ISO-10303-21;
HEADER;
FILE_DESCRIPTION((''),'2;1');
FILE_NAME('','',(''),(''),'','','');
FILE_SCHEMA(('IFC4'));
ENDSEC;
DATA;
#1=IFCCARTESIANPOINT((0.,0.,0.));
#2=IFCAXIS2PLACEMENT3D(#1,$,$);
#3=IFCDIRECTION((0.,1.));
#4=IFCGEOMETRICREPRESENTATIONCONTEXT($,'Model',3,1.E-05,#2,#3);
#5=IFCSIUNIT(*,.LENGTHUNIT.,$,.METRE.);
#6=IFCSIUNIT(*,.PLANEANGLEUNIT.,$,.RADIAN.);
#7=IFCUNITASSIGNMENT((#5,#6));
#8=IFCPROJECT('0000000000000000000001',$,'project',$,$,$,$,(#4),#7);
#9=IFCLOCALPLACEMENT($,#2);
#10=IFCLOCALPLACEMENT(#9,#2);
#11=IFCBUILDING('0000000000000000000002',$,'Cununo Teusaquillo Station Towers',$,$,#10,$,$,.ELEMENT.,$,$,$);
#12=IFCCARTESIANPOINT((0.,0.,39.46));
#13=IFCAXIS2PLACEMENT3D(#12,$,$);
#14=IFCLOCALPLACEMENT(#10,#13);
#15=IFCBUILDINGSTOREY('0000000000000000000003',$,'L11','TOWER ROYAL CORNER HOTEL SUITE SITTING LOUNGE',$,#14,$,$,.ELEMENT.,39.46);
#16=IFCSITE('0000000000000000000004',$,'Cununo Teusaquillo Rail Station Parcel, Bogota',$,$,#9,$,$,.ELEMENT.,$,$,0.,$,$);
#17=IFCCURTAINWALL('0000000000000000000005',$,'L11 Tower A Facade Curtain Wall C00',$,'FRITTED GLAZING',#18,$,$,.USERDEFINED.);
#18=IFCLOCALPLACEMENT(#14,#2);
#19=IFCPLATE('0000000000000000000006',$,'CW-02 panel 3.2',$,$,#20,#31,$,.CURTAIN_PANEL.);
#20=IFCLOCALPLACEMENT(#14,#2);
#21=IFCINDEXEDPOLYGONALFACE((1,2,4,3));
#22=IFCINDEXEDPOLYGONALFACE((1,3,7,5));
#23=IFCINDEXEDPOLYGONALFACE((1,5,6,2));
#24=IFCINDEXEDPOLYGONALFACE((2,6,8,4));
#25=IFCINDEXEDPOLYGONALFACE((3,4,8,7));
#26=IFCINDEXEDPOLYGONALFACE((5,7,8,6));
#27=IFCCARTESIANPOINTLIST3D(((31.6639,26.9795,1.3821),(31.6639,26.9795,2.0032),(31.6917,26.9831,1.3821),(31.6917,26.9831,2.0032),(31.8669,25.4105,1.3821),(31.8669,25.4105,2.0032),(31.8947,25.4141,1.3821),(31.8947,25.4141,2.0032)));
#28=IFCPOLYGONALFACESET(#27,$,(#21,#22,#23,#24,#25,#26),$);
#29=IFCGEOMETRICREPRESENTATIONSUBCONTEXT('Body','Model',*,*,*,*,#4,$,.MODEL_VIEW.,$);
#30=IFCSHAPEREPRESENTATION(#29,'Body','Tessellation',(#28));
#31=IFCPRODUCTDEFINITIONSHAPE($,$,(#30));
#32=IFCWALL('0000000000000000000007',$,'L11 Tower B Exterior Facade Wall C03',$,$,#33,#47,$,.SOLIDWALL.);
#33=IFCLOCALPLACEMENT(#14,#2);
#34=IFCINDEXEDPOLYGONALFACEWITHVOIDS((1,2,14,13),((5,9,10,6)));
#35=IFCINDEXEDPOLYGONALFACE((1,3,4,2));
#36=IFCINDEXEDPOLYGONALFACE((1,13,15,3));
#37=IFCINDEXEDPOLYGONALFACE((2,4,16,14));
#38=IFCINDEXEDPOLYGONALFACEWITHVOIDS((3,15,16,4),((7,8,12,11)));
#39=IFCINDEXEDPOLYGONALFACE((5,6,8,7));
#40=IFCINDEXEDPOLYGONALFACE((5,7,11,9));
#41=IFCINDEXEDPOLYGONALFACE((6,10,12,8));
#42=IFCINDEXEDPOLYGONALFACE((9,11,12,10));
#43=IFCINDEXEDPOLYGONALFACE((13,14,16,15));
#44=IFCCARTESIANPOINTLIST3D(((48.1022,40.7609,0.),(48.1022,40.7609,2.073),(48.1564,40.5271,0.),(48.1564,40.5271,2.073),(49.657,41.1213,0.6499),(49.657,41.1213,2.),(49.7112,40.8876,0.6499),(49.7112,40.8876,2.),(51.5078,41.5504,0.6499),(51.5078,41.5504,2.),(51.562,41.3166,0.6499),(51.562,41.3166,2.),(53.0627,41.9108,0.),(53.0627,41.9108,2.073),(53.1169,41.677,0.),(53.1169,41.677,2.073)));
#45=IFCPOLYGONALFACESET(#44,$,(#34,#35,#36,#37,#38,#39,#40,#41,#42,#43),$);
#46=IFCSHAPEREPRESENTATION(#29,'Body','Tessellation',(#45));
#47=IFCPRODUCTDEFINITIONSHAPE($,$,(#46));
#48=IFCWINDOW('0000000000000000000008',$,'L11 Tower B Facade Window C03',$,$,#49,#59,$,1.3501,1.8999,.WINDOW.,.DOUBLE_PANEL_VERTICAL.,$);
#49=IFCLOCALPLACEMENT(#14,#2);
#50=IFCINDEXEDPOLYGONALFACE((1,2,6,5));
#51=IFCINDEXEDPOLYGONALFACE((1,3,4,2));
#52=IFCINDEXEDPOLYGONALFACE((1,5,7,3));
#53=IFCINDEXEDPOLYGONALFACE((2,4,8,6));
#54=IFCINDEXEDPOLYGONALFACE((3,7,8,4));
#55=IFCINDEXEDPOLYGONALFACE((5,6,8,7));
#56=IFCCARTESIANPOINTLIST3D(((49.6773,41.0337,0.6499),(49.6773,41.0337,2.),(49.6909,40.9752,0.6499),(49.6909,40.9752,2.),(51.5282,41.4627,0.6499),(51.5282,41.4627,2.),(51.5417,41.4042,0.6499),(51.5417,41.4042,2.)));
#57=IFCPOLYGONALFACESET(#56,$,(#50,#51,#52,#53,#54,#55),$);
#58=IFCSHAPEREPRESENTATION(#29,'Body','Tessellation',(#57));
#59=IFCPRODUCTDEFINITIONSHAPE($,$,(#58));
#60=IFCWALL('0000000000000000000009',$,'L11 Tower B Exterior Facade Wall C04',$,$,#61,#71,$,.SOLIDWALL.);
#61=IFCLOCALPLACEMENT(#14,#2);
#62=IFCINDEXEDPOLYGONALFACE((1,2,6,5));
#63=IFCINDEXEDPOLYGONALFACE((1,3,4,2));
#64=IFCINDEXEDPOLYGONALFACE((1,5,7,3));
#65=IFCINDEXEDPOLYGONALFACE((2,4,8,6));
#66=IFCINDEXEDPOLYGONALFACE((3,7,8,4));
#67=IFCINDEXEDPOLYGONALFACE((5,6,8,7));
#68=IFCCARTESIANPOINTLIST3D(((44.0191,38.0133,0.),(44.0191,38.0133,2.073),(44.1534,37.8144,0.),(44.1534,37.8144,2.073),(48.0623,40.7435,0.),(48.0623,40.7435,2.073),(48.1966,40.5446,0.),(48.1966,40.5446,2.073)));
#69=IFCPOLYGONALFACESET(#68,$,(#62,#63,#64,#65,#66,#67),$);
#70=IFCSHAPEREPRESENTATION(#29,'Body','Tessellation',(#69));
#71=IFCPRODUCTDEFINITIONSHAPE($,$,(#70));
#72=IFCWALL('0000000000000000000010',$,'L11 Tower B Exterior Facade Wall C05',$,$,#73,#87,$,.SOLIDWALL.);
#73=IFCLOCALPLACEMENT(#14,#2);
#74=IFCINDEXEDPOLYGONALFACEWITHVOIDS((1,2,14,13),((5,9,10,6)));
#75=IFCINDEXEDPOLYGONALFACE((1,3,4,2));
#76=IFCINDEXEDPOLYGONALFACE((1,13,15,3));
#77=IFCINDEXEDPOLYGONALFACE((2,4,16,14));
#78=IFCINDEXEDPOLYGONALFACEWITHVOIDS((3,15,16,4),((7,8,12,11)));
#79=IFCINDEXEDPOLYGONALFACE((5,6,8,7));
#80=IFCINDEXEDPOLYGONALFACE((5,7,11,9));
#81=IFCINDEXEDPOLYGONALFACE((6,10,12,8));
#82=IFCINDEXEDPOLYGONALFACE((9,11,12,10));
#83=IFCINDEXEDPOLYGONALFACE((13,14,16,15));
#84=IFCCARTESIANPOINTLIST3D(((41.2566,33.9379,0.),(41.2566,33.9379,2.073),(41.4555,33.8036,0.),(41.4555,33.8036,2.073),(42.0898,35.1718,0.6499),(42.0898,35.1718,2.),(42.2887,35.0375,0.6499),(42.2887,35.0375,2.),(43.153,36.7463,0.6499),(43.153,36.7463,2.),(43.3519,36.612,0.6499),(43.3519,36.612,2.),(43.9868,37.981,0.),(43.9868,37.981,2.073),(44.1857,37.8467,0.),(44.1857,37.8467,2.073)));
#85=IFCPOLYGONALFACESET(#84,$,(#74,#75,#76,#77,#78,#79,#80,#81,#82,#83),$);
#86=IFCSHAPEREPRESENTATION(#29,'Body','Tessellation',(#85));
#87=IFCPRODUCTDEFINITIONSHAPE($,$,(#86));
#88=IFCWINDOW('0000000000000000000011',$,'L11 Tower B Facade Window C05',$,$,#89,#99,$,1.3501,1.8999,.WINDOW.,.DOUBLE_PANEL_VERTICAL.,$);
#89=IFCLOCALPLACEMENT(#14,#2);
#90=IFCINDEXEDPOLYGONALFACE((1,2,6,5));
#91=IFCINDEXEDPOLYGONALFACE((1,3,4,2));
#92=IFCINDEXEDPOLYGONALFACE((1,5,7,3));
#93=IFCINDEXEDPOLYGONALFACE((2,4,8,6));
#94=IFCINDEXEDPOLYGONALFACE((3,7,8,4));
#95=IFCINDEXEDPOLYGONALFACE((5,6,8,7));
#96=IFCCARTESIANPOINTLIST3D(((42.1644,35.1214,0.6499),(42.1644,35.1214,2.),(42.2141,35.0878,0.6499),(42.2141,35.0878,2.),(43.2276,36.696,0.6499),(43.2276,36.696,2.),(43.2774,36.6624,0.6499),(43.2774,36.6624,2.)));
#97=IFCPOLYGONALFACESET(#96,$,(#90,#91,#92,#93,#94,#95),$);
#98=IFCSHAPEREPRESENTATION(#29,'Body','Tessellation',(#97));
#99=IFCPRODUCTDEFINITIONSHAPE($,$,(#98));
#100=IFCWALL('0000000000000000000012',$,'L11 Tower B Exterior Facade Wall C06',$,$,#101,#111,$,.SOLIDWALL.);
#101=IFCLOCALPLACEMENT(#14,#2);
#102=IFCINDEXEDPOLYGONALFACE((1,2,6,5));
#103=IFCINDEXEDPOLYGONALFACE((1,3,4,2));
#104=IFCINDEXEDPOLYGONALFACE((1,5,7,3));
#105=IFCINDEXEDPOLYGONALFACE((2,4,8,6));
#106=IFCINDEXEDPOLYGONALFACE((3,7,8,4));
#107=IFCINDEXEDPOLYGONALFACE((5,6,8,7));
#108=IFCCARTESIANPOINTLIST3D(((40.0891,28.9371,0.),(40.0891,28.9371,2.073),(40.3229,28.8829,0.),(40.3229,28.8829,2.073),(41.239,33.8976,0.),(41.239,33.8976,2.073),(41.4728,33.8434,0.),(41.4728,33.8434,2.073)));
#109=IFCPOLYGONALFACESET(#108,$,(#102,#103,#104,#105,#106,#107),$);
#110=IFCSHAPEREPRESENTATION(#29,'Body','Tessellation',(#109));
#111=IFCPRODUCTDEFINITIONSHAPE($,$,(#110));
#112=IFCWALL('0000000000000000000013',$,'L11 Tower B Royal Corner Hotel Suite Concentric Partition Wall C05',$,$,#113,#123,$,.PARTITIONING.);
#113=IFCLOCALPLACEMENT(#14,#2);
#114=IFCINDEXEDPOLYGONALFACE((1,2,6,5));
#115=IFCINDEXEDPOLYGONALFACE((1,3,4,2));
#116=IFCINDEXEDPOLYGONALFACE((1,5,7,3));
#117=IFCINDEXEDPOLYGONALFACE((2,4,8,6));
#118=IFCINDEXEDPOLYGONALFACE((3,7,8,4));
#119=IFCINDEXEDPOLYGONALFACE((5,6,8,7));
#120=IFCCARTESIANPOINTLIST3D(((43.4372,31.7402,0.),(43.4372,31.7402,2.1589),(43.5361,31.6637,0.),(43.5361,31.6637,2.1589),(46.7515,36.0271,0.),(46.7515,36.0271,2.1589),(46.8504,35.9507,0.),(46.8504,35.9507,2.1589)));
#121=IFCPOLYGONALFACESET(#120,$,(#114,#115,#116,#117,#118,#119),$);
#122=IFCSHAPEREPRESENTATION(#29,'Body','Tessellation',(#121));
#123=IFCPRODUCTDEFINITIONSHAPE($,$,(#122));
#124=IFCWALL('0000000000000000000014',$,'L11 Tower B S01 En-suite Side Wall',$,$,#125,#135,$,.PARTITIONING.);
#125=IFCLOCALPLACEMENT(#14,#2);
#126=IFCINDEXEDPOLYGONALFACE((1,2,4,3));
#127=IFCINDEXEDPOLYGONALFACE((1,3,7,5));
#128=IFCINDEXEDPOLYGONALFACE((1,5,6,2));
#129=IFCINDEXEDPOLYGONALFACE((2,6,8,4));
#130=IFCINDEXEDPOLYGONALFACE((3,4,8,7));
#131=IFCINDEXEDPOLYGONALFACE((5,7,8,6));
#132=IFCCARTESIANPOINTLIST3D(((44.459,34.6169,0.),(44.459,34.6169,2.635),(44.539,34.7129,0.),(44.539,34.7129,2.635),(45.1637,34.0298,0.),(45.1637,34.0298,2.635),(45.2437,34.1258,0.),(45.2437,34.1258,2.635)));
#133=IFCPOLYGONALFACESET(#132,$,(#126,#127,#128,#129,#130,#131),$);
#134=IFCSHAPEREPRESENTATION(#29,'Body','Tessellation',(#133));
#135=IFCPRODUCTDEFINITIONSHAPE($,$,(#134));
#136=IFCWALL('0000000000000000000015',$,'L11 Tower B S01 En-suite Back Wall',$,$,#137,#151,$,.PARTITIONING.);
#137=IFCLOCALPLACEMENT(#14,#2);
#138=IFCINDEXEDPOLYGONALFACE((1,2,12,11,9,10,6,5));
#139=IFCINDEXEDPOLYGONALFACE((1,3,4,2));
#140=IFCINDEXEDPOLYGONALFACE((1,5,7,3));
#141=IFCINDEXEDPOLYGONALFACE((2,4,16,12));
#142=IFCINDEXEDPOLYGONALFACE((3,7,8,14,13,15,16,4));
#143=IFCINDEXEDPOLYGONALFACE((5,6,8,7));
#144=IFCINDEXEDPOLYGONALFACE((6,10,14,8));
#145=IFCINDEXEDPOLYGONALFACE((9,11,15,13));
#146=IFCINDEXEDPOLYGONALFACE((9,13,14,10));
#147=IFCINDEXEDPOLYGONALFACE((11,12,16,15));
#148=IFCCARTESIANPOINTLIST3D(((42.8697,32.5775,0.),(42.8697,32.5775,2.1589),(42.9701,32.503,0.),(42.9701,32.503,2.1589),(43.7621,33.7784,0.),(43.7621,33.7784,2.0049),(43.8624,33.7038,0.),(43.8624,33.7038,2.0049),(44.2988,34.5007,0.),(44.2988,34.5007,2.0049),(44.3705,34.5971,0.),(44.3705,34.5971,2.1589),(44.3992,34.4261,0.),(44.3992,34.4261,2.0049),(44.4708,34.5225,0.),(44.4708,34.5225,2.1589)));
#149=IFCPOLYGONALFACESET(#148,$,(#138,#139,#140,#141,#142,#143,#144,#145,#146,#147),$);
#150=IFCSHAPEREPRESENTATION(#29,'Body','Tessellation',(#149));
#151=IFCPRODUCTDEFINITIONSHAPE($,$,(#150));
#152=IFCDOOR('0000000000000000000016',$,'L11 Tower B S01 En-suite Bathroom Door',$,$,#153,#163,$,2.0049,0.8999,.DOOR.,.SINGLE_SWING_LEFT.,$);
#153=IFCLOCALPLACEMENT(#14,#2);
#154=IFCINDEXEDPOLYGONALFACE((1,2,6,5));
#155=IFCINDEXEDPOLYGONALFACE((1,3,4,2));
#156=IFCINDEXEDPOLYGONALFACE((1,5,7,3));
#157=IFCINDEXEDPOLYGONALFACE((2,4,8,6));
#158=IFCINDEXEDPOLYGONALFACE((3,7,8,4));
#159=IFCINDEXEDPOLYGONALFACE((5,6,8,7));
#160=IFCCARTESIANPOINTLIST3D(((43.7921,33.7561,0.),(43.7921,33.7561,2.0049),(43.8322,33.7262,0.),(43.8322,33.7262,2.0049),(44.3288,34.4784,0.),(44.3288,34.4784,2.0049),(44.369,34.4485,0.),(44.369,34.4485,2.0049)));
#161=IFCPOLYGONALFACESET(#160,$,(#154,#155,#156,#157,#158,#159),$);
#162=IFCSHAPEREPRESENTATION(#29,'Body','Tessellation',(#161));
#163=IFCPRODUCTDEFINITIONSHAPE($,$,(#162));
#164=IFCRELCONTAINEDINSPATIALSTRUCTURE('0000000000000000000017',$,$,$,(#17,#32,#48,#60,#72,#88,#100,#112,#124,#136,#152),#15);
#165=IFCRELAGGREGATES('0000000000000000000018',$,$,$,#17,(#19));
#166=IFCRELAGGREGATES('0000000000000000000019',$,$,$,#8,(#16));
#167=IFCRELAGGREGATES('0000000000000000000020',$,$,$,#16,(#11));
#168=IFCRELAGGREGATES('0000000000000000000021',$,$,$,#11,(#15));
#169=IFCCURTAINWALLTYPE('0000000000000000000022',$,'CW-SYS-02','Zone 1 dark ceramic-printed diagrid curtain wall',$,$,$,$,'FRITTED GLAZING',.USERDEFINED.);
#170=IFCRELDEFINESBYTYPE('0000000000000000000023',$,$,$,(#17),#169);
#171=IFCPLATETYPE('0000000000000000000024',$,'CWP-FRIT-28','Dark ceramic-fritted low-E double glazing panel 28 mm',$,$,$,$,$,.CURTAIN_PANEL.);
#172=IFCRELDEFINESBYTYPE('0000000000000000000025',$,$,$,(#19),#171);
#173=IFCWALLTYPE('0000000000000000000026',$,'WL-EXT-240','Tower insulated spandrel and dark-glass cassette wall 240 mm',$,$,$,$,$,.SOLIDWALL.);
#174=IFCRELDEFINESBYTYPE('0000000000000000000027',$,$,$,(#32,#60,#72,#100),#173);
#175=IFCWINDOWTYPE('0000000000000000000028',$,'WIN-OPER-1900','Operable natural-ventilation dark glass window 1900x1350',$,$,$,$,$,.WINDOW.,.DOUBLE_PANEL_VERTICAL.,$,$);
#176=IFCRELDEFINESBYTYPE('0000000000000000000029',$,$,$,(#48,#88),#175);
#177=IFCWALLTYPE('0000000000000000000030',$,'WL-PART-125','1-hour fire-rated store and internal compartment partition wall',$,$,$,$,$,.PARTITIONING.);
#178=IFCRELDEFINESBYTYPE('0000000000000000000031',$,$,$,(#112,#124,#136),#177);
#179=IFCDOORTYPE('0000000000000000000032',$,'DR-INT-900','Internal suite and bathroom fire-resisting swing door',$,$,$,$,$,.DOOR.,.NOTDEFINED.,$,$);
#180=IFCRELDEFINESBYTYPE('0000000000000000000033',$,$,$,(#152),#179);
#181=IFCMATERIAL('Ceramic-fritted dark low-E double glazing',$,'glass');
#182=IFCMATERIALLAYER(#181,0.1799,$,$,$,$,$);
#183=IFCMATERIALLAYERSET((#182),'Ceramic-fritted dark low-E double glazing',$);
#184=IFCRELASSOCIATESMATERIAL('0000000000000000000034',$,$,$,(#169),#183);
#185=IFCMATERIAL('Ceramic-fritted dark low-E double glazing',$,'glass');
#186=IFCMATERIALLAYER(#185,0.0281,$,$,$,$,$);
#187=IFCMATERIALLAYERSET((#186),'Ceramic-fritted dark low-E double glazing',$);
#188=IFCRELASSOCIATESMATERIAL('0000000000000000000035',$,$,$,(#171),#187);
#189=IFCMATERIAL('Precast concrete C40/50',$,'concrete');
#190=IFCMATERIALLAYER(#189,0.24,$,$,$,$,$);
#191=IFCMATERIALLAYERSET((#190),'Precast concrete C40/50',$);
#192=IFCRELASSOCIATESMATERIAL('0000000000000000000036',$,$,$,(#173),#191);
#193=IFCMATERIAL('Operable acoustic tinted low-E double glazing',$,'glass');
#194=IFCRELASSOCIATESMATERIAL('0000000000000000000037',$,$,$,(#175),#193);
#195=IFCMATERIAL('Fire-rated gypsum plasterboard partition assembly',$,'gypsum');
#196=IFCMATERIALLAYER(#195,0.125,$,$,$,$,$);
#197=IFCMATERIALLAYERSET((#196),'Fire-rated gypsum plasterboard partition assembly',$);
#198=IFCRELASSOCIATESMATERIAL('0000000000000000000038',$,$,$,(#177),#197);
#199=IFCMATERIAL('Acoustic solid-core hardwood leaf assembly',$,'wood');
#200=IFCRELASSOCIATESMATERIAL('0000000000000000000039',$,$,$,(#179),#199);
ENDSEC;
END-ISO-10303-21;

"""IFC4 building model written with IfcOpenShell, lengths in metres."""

from ifc_helpers import new_model, si_unit, direction, frame, frame_2d, origin, origin_2d, place, context, subcontext, project, spatial, rectangle, extrude, source, transform, mapped, material, layer, layer_set, type_object, element, fill, aggregate, save


model = new_model("IFC4")

# Units and contexts
model_context = context("Model", 3, precision=1e-05, world=origin(), true_north=direction((0.0, 1.0)))
body_context = subcontext(model_context, "Body", "Model", "MODEL_VIEW")
ifc_project = project(units=[si_unit("LENGTHUNIT", "METRE"), si_unit("PLANEANGLEUNIT", "RADIAN")], contexts=[model_context])

# Site, building, storey
site_placement = place(None, origin())
site = spatial("IfcSite", under=ifc_project, at=site_placement, Name="Cununo Teusaquillo Rail Station Parcel, Bogota", CompositionType="ELEMENT", RefElevation=0.0)
building_placement = place(site_placement, origin())
building = spatial("IfcBuilding", under=site, at=building_placement, Name="Cununo Teusaquillo Station Towers", CompositionType="ELEMENT")
storey_placement = place(building_placement, frame((0.0, 0.0, 39.46)))
storey = spatial("IfcBuildingStorey", under=building, at=storey_placement, Name="L11", Description="TOWER ROYAL CORNER HOTEL SUITE SITTING LOUNGE", CompositionType="ELEMENT", Elevation=39.46)

# Curtain wall
ifc_material_1 = material(Name="Ceramic-fritted dark low-E double glazing", Category="glass")
ifc_layer_1 = layer(ifc_material_1, 0.1799)
ifc_layer_set_1 = layer_set([ifc_layer_1], Name="Ceramic-fritted dark low-E double glazing")
curtain_wall_type = type_object("IfcCurtainWallType", Name="CW-SYS-02", Description="Zone 1 dark ceramic-printed diagrid curtain wall", ElementType="FRITTED GLAZING", PredefinedType="USERDEFINED", material=ifc_layer_set_1)
curtain_wall_placement = place(storey_placement, origin())
curtain_wall = element("IfcCurtainWall", 1, at=curtain_wall_placement, inside=storey, type_object=curtain_wall_type, Name="L11 Tower A Facade Curtain Wall C00", ObjectType="FRITTED GLAZING", PredefinedType="USERDEFINED")

# Plate
ifc_material_2 = material(Name="Ceramic-fritted dark low-E double glazing", Category="glass")
ifc_layer_2 = layer(ifc_material_2, 0.0281)
ifc_layer_set_2 = layer_set([ifc_layer_2], Name="Ceramic-fritted dark low-E double glazing")
plate_type_1 = type_object("IfcPlateType", Name="CWP-FRIT-28", Description="Dark ceramic-fritted low-E double glazing panel 28 mm", PredefinedType="CURTAIN_PANEL", material=ifc_layer_set_2)
shared_shape_1 = source(origin(), body_context, "Body", "SweptSolid", [
    extrude(rectangle(XDim=1.582, YDim=0.0281, at=origin_2d()), origin(), (0.0, 0.0, 1.0), 0.6211),
])
plate_1_placement = place(storey_placement, frame((31.7793, 26.1968, 1.3821), z_axis=(0.0, 0.0, 1.0), x_axis=(0.128336, -0.991731, 0.0)))
plate_1 = element("IfcPlate", 2, at=plate_1_placement, type_object=plate_type_1, Name="CW-02 panel 3.2", PredefinedType="CURTAIN_PANEL", context=body_context, shape_type="MappedRepresentation", body=[
    mapped(shared_shape_1, transform((0.0, 0.0, 0.0), x_axis=(1.0, 0.0, 0.0), y_axis=(0.0, 1.0, 0.0), z_axis=(0.0, 0.0, 1.0), scale=1.0)),
])
aggregate(curtain_wall, [plate_1])

# Wall, opening, window
ifc_material_3 = material(Name="Precast concrete C40/50", Category="concrete")
ifc_layer_3 = layer(ifc_material_3, 0.24)
ifc_layer_set_3 = layer_set([ifc_layer_3], Name="Precast concrete C40/50")
wall_type_1 = type_object("IfcWallType", Name="WL-EXT-240", Description="Tower insulated spandrel and dark-glass cassette wall 240 mm", PredefinedType="SOLIDWALL", material=ifc_layer_set_3)
wall_1_placement = place(storey_placement, frame((48.1294, 40.644, 0.0), z_axis=(0.0, 0.0, 1.0), x_axis=(0.974168, 0.225826, 0.0)))
wall_1 = element("IfcWall", 3, at=wall_1_placement, inside=storey, type_object=wall_type_1, Name="L11 Tower B Exterior Facade Wall C03", PredefinedType="SOLIDWALL", context=body_context, shape_type="SweptSolid", body=[
    extrude(rectangle(XDim=5.092, YDim=0.24, at=frame_2d((2.5459, 0.0))), origin(), (0.0, 0.0, 1.0), 2.073),
])
shared_shape_2 = source(origin(), body_context, "Body", "SweptSolid", [
    extrude(rectangle(XDim=1.8999, YDim=1.3501, at=frame_2d((0.95, 0.675))), frame((0.0, 0.1299, 0.0), z_axis=(0.0, -1.0, 0.0), x_axis=(1.0, 0.0, 0.0)), (0.0, 0.0, 1.0), 0.26),
])
opening_1_placement = place(wall_1_placement, frame((1.5959, 0.0, 0.6499)))
opening_1 = element("IfcOpeningElement", 4, at=opening_1_placement, cuts=wall_1, PredefinedType="OPENING", context=body_context, shape_type="MappedRepresentation", body=[
    mapped(shared_shape_2, transform((0.0, 0.0, 0.0), x_axis=(1.0, 0.0, 0.0), y_axis=(0.0, 1.0, 0.0), z_axis=(0.0, 0.0, 1.0), scale=1.0)),
])
ifc_material_4 = material(Name="Operable acoustic tinted low-E double glazing", Category="glass")
window_type = type_object("IfcWindowType", Name="WIN-OPER-1900", Description="Operable natural-ventilation dark glass window 1900x1350", PartitioningType="DOUBLE_PANEL_VERTICAL", PredefinedType="WINDOW", material=ifc_material_4)
shared_shape_3 = source(origin(), body_context, "Body", "SweptSolid", [
    extrude(rectangle(XDim=1.8999, YDim=1.3501, at=frame_2d((0.95, 0.675))), frame((0.0, 0.03, 0.0), z_axis=(0.0, -1.0, 0.0), x_axis=(1.0, 0.0, 0.0)), (0.0, 0.0, 1.0), 0.0601),
])
window_1_placement = place(opening_1_placement, origin())
window_1 = element("IfcWindow", 5, at=window_1_placement, inside=storey, type_object=window_type, Name="L11 Tower B Facade Window C03", OverallHeight=1.3501, OverallWidth=1.8999, PartitioningType="DOUBLE_PANEL_VERTICAL", PredefinedType="WINDOW", context=body_context, shape_type="MappedRepresentation", body=[
    mapped(shared_shape_3, transform((0.0, 0.0, 0.0), x_axis=(1.0, 0.0, 0.0), y_axis=(0.0, 1.0, 0.0), z_axis=(0.0, 0.0, 1.0), scale=1.0)),
])
fill(opening_1, window_1)

# Wall
wall_2_placement = place(storey_placement, frame((44.0862, 37.9138, 0.0), z_axis=(0.0, 0.0, 1.0), x_axis=(0.828748, 0.559622, 0.0)))
element("IfcWall", 6, at=wall_2_placement, inside=storey, type_object=wall_type_1, Name="L11 Tower B Exterior Facade Wall C04", PredefinedType="SOLIDWALL", context=body_context, shape_type="SweptSolid", body=[
    extrude(rectangle(XDim=4.8787, YDim=0.24, at=frame_2d((2.4395, 0.0))), origin(), (0.0, 0.0, 1.0), 2.073),
])

# Wall, opening, window
wall_3_placement = place(storey_placement, frame((41.356, 33.8706, 0.0), z_axis=(0.0, 0.0, 1.0), x_axis=(0.559622, 0.828748, 0.0)))
wall_3 = element("IfcWall", 7, at=wall_3_placement, inside=storey, type_object=wall_type_1, Name="L11 Tower B Exterior Facade Wall C05", PredefinedType="SOLIDWALL", context=body_context, shape_type="SweptSolid", body=[
    extrude(rectangle(XDim=4.8787, YDim=0.24, at=frame_2d((2.4395, 0.0))), origin(), (0.0, 0.0, 1.0), 2.073),
])
opening_2_placement = place(wall_3_placement, frame((1.489, 0.0, 0.6499)))
opening_2 = element("IfcOpeningElement", 8, at=opening_2_placement, cuts=wall_3, PredefinedType="OPENING", context=body_context, shape_type="MappedRepresentation", body=[
    mapped(shared_shape_2, transform((0.0, 0.0, 0.0), x_axis=(1.0, 0.0, 0.0), y_axis=(0.0, 1.0, 0.0), z_axis=(0.0, 0.0, 1.0), scale=1.0)),
])
window_2_placement = place(opening_2_placement, origin())
window_2 = element("IfcWindow", 9, at=window_2_placement, inside=storey, type_object=window_type, Name="L11 Tower B Facade Window C05", OverallHeight=1.3501, OverallWidth=1.8999, PartitioningType="DOUBLE_PANEL_VERTICAL", PredefinedType="WINDOW", context=body_context, shape_type="MappedRepresentation", body=[
    mapped(shared_shape_3, transform((0.0, 0.0, 0.0), x_axis=(1.0, 0.0, 0.0), y_axis=(0.0, 1.0, 0.0), z_axis=(0.0, 0.0, 1.0), scale=1.0)),
])
fill(opening_2, window_2)

# Walls
wall_4_placement = place(storey_placement, frame((40.2061, 28.9102, 0.0), z_axis=(0.0, 0.0, 1.0), x_axis=(0.225826, 0.974168, 0.0)))
element("IfcWall", 10, at=wall_4_placement, inside=storey, type_object=wall_type_1, Name="L11 Tower B Exterior Facade Wall C06", PredefinedType="SOLIDWALL", context=body_context, shape_type="SweptSolid", body=[
    extrude(rectangle(XDim=5.092, YDim=0.24, at=frame_2d((2.5459, 0.0))), origin(), (0.0, 0.0, 1.0), 2.073),
])
ifc_material_5 = material(Name="Fire-rated gypsum plasterboard partition assembly", Category="gypsum")
ifc_layer_4 = layer(ifc_material_5, 0.125)
ifc_layer_set_4 = layer_set([ifc_layer_4], Name="Fire-rated gypsum plasterboard partition assembly")
wall_type_2 = type_object("IfcWallType", Name="WL-PART-125", Description="1-hour fire-rated store and internal compartment partition wall", PredefinedType="PARTITIONING", material=ifc_layer_set_4)
wall_5_placement = place(storey_placement, frame((46.801, 35.989, 0.0), z_axis=(0.0, 0.0, 1.0), x_axis=(-0.611636, -0.791139, 0.0)))
element("IfcWall", 11, at=wall_5_placement, inside=storey, type_object=wall_type_2, Name="L11 Tower B Royal Corner Hotel Suite Concentric Partition Wall C05", PredefinedType="PARTITIONING", context=body_context, shape_type="SweptSolid", body=[
    extrude(rectangle(XDim=5.4187, YDim=0.125, at=frame_2d((2.7095, 0.0))), origin(), (0.0, 0.0, 1.0), 2.1589),
])
wall_6_placement = place(storey_placement, frame((45.2036, 34.0779, 0.0), z_axis=(0.0, 0.0, 1.0), x_axis=(-0.76833, 0.640054, 0.0)))
element("IfcWall", 12, at=wall_6_placement, inside=storey, type_object=wall_type_2, Name="L11 Tower B S01 En-suite Side Wall", PredefinedType="PARTITIONING", context=body_context, shape_type="SweptSolid", body=[
    extrude(rectangle(XDim=0.9172, YDim=0.125, at=frame_2d((0.4585, 0.0))), origin(), (0.0, 0.0, 1.0), 2.635),
])

# Wall, opening, door
wall_7_placement = place(storey_placement, frame((44.4207, 34.5598, 0.0), z_axis=(0.0, 0.0, 1.0), x_axis=(-0.596454, -0.802647, 0.0)))
wall_7 = element("IfcWall", 13, at=wall_7_placement, inside=storey, type_object=wall_type_2, Name="L11 Tower B S01 En-suite Back Wall", PredefinedType="PARTITIONING", context=body_context, shape_type="SweptSolid", body=[
    extrude(rectangle(XDim=2.5161, YDim=0.125, at=frame_2d((1.2581, 0.0))), origin(), (0.0, 0.0, 1.0), 2.1589),
])
shared_shape_4 = source(origin(), body_context, "Body", "SweptSolid", [
    extrude(rectangle(XDim=0.8999, YDim=2.0049, at=frame_2d((0.45, 1.0024))), frame((0.0, 0.0725, 0.0), z_axis=(0.0, -1.0, 0.0), x_axis=(1.0, 0.0, 0.0)), (0.0, 0.0, 1.0), 0.145),
])
opening_3_placement = place(wall_7_placement, frame((0.1201, 0.0, 0.0)))
opening_3 = element("IfcOpeningElement", 14, at=opening_3_placement, cuts=wall_7, PredefinedType="OPENING", context=body_context, shape_type="MappedRepresentation", body=[
    mapped(shared_shape_4, transform((0.0, 0.0, 0.0), x_axis=(1.0, 0.0, 0.0), y_axis=(0.0, 1.0, 0.0), z_axis=(0.0, 0.0, 1.0), scale=1.0)),
])
ifc_material_6 = material(Name="Acoustic solid-core hardwood leaf assembly", Category="wood")
door_type_1 = type_object("IfcDoorType", Name="DR-INT-900", Description="Internal suite and bathroom fire-resisting swing door", OperationType="NOTDEFINED", PredefinedType="DOOR", material=ifc_material_6)
shared_shape_5 = source(origin(), body_context, "Body", "SweptSolid", [
    extrude(rectangle(XDim=0.8999, YDim=2.0049, at=frame_2d((0.45, 1.0024))), frame((0.0, 0.0249, 0.0), z_axis=(0.0, -1.0, 0.0), x_axis=(1.0, 0.0, 0.0)), (0.0, 0.0, 1.0), 0.05),
])
door_1_placement = place(opening_3_placement, origin())
door_1 = element("IfcDoor", 15, at=door_1_placement, inside=storey, type_object=door_type_1, Name="L11 Tower B S01 En-suite Bathroom Door", OperationType="SINGLE_SWING_LEFT", OverallHeight=2.0049, OverallWidth=0.8999, PredefinedType="DOOR", context=body_context, shape_type="MappedRepresentation", body=[
    mapped(shared_shape_5, transform((0.0, 0.0, 0.0), x_axis=(1.0, 0.0, 0.0), y_axis=(0.0, 1.0, 0.0), z_axis=(0.0, 0.0, 1.0), scale=1.0)),
])
fill(opening_3, door_1)

save(model, "model.ifc")
